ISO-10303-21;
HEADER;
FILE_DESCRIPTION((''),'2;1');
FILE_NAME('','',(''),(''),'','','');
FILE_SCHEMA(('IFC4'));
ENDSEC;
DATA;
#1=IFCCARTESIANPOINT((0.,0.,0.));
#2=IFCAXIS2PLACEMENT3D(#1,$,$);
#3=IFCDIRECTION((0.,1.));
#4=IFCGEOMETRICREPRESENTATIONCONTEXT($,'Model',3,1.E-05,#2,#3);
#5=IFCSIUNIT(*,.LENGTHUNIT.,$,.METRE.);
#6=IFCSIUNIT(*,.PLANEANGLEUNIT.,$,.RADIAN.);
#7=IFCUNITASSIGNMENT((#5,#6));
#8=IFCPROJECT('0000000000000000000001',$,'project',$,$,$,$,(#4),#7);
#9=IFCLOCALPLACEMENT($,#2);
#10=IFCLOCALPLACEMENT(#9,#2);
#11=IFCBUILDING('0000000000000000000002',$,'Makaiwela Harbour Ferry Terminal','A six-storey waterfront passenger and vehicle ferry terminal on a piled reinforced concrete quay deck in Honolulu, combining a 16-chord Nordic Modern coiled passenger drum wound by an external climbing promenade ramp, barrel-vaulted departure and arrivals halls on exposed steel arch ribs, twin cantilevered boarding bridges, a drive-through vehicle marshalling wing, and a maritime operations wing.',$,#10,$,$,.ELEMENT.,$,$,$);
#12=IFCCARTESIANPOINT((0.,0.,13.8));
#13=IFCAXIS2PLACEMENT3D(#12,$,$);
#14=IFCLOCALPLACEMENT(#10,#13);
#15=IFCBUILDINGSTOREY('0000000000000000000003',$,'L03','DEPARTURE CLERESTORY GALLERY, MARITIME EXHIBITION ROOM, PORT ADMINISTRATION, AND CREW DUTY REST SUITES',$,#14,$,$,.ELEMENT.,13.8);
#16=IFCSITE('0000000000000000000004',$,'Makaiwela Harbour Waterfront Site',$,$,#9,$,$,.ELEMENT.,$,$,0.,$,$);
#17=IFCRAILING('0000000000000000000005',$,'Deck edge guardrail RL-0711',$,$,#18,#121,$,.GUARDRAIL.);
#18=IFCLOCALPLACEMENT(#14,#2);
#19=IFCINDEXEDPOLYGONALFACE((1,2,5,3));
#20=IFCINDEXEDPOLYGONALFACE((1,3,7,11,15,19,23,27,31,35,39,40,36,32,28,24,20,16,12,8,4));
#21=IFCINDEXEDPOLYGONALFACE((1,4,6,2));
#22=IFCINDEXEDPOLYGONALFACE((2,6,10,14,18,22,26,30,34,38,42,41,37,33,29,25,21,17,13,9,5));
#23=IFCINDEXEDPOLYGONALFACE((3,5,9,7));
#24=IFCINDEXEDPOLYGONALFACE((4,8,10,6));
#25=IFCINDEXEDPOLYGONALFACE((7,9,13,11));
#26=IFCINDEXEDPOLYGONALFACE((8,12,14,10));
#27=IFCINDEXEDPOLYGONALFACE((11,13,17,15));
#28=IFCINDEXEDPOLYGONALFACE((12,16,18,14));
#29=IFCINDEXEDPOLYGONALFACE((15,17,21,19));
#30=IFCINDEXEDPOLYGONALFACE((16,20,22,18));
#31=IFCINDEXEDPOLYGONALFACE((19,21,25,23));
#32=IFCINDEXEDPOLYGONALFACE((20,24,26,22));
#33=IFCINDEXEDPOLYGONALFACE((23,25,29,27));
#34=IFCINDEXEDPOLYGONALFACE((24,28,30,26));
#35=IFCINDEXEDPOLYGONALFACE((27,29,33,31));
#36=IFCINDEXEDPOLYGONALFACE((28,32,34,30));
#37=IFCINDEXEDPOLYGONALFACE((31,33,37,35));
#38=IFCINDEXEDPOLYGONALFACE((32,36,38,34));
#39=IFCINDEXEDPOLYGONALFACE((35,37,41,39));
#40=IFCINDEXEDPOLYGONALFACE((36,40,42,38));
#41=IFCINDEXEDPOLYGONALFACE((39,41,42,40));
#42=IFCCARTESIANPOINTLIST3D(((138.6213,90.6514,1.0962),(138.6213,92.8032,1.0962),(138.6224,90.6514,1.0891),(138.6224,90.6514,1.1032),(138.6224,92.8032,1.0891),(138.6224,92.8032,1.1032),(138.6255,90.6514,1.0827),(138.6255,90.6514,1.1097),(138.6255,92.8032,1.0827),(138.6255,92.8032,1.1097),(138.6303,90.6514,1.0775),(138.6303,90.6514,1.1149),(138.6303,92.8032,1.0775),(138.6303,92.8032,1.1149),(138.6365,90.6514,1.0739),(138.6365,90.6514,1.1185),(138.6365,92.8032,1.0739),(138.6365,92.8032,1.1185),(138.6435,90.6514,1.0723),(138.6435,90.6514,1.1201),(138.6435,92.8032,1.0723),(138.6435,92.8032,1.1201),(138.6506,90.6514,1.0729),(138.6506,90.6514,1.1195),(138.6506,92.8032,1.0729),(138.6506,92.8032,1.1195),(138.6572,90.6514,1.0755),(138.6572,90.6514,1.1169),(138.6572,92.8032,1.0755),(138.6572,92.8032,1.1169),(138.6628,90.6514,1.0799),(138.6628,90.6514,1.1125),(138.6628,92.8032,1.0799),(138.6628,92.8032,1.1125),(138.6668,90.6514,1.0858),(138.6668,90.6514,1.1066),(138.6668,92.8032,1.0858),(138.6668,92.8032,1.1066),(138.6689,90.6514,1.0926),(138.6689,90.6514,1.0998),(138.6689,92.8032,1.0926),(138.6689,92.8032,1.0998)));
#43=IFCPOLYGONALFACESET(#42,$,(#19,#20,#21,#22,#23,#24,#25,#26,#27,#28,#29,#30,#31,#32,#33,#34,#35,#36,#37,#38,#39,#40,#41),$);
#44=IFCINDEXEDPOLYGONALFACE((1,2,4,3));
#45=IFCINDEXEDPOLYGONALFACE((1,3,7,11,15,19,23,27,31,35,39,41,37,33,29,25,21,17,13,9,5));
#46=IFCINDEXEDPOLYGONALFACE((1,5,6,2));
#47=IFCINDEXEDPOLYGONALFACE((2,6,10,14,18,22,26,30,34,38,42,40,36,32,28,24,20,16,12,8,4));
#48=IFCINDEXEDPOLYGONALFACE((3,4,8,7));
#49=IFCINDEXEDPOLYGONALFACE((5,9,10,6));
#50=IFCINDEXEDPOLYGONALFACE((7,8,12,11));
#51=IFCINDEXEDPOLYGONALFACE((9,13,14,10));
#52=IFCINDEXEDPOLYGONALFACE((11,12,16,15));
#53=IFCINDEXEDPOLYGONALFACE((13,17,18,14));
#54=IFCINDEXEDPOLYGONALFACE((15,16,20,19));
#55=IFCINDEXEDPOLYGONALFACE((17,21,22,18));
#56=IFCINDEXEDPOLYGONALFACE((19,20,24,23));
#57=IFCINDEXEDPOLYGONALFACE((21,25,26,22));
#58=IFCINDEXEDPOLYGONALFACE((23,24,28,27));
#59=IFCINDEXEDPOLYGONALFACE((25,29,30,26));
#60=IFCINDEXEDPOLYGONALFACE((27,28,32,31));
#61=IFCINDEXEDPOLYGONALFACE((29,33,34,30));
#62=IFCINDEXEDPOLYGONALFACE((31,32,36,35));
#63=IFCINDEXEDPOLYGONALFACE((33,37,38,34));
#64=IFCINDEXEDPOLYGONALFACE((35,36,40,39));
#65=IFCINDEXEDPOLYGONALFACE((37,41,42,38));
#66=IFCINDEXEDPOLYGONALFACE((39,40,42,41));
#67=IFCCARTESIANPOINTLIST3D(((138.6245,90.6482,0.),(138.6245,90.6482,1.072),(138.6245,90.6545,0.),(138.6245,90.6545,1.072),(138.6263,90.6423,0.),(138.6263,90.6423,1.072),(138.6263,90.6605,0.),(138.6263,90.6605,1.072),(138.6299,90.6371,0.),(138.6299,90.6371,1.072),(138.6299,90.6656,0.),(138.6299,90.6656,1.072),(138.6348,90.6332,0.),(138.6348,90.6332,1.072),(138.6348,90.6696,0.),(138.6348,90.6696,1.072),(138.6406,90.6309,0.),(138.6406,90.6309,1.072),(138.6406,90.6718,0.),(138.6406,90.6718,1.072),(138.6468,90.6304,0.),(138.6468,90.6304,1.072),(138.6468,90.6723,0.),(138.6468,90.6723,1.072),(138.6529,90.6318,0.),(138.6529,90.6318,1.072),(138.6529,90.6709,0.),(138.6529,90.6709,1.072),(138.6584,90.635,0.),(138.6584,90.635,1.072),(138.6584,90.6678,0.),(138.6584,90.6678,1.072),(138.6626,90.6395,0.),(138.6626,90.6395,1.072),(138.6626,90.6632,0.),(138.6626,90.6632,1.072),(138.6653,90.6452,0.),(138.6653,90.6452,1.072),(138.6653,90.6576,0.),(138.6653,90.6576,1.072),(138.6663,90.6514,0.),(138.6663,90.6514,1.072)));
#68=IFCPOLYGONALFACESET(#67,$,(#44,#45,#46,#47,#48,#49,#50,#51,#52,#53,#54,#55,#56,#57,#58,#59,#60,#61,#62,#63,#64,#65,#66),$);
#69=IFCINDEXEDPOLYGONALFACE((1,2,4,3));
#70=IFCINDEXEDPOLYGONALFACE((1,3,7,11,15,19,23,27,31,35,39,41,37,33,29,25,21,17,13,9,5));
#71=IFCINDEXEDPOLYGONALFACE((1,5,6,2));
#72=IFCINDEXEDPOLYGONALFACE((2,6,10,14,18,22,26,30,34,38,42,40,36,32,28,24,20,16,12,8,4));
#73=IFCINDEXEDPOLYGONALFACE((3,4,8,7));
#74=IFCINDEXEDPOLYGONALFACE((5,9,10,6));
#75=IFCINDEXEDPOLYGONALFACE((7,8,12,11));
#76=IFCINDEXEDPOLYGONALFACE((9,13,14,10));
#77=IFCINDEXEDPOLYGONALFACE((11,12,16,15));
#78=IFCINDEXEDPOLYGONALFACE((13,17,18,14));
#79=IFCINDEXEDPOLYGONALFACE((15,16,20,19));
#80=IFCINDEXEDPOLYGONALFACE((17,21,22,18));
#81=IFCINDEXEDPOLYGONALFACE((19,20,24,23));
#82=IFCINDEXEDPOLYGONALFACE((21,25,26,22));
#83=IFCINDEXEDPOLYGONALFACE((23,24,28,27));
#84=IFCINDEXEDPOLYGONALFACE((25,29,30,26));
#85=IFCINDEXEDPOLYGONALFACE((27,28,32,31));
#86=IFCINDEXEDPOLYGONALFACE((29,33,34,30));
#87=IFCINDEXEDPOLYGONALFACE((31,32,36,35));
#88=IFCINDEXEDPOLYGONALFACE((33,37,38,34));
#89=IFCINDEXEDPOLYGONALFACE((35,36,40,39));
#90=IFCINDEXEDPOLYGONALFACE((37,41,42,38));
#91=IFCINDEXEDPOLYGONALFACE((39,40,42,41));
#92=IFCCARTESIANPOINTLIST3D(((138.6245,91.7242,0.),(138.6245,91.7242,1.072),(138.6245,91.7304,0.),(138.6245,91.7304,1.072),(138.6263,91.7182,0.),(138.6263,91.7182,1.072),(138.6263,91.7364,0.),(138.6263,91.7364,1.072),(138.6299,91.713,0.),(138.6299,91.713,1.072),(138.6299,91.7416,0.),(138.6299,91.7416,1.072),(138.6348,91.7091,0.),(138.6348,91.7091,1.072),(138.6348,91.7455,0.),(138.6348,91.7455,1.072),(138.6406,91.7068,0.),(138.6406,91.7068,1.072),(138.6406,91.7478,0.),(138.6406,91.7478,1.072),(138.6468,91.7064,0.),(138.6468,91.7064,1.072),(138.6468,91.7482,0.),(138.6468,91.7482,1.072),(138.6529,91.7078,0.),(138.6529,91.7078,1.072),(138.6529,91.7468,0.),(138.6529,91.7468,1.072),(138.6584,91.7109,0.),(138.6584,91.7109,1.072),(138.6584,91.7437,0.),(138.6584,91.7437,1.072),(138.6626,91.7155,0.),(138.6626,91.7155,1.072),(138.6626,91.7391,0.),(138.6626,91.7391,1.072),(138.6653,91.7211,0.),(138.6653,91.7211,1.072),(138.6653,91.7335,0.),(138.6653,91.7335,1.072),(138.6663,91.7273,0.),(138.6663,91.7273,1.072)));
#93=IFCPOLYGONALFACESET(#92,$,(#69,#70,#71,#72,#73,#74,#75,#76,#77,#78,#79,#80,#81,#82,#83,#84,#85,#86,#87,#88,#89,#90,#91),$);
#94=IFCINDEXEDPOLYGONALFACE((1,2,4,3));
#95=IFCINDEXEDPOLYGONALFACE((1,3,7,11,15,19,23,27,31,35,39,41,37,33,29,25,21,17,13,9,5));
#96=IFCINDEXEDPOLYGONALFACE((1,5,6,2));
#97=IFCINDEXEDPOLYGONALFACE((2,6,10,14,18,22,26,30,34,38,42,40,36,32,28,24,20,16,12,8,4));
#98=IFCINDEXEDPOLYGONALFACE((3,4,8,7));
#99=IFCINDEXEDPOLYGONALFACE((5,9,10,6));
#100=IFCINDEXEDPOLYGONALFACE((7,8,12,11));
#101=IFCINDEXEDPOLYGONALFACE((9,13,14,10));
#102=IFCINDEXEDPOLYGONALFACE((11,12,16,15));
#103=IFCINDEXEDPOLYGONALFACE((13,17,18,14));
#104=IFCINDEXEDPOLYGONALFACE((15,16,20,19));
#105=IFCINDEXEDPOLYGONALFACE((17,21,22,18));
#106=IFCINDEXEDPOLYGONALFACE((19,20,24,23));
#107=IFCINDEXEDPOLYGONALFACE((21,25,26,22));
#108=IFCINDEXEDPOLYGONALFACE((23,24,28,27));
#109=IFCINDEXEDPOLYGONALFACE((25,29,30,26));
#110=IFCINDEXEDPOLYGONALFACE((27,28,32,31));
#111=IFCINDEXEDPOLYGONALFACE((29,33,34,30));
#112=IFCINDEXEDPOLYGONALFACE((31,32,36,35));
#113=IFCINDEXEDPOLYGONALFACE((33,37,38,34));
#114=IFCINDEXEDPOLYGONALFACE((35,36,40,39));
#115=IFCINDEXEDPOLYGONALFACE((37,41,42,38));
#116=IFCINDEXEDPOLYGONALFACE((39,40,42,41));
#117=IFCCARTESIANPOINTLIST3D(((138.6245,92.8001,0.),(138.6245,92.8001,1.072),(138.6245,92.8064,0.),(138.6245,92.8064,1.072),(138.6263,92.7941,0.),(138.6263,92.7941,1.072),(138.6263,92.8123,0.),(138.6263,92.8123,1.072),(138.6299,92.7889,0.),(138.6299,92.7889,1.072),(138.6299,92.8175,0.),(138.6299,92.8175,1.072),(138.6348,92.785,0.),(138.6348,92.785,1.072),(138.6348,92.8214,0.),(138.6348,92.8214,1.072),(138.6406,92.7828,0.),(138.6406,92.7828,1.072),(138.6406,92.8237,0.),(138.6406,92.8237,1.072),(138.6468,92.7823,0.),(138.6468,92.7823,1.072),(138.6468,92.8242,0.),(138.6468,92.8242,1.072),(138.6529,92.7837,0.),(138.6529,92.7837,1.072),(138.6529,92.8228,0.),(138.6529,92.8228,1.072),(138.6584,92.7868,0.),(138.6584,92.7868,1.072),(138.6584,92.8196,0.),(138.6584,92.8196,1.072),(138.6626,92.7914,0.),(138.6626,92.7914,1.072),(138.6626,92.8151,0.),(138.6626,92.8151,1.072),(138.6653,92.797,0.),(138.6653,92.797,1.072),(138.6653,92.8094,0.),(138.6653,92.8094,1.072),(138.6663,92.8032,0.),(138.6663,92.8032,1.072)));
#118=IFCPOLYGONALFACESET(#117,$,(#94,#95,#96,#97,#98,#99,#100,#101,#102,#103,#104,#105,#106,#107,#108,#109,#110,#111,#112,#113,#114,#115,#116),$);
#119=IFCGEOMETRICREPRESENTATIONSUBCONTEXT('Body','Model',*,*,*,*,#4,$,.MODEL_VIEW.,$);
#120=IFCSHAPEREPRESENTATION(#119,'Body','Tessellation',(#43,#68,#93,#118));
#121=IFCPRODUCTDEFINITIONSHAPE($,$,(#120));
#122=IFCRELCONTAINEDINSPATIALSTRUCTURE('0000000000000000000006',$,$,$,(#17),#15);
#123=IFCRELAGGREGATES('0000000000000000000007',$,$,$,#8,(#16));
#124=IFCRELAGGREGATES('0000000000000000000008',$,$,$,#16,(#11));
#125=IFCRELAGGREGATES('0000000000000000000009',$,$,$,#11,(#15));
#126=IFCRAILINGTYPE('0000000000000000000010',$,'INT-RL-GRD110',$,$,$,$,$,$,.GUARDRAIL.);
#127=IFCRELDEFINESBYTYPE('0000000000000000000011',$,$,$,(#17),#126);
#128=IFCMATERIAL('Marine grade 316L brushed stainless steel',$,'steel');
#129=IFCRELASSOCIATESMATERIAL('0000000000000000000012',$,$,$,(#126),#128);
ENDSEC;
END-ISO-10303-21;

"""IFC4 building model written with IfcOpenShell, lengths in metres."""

from ifc_helpers import new_model, si_unit, direction, frame, origin, origin_2d, place, context, subcontext, project, spatial, circle, extrude, material, type_object, element, save


model = new_model("IFC4")

# Units and contexts
model_context = context("Model", 3, precision=1e-05, world=origin(), true_north=direction((0.0, 1.0)))
body_context = subcontext(model_context, "Body", "Model", "MODEL_VIEW")
ifc_project = project(units=[si_unit("LENGTHUNIT", "METRE"), si_unit("PLANEANGLEUNIT", "RADIAN")], contexts=[model_context])

# Site, building, storey
site_placement = place(None, origin())
site = spatial("IfcSite", under=ifc_project, at=site_placement, Name="Makaiwela Harbour Waterfront Site", CompositionType="ELEMENT", RefElevation=0.0)
building_placement = place(site_placement, origin())
building = spatial("IfcBuilding", under=site, at=building_placement, Name="Makaiwela Harbour Ferry Terminal", Description="A six-storey waterfront passenger and vehicle ferry terminal on a piled reinforced concrete quay deck in Honolulu, combining a 16-chord Nordic Modern coiled passenger drum wound by an external climbing promenade ramp, barrel-vaulted departure and arrivals halls on exposed steel arch ribs, twin cantilevered boarding bridges, a drive-through vehicle marshalling wing, and a maritime operations wing.", CompositionType="ELEMENT")
storey_placement = place(building_placement, frame((0.0, 0.0, 13.8)))
storey = spatial("IfcBuildingStorey", under=building, at=storey_placement, Name="L03", Description="DEPARTURE CLERESTORY GALLERY, MARITIME EXHIBITION ROOM, PORT ADMINISTRATION, AND CREW DUTY REST SUITES", CompositionType="ELEMENT", Elevation=13.8)

# Railing
ifc_material_1 = material(Name="Marine grade 316L brushed stainless steel", Category="steel")
railing_type = type_object("IfcRailingType", Name="INT-RL-GRD110", PredefinedType="GUARDRAIL", material=ifc_material_1)
railing_1_placement = place(storey_placement, frame((138.6453, 90.6514, 0.0)))
element("IfcRailing", 1, at=railing_1_placement, inside=storey, type_object=railing_type, Name="Deck edge guardrail RL-0711", PredefinedType="GUARDRAIL", context=body_context, shape_type="SweptSolid", body=[
    extrude(circle(Radius=0.0239, at=origin_2d()), frame((0.0, 0.0, 1.0962), z_axis=(0.0, 1.0, 0.0), x_axis=(-1.0, 0.0, 0.0)), (0.0, 0.0, 1.0), 2.1519),
    extrude(circle(Radius=0.021, at=origin_2d()), origin(), (0.0, 0.0, 1.0), 1.072),
    extrude(circle(Radius=0.021, at=origin_2d()), frame((0.0, 1.0759, 0.0)), (0.0, 0.0, 1.0), 1.072),
    extrude(circle(Radius=0.021, at=origin_2d()), frame((0.0, 2.1519, 0.0)), (0.0, 0.0, 1.0), 1.072),
])

save(model, "model.ifc")
